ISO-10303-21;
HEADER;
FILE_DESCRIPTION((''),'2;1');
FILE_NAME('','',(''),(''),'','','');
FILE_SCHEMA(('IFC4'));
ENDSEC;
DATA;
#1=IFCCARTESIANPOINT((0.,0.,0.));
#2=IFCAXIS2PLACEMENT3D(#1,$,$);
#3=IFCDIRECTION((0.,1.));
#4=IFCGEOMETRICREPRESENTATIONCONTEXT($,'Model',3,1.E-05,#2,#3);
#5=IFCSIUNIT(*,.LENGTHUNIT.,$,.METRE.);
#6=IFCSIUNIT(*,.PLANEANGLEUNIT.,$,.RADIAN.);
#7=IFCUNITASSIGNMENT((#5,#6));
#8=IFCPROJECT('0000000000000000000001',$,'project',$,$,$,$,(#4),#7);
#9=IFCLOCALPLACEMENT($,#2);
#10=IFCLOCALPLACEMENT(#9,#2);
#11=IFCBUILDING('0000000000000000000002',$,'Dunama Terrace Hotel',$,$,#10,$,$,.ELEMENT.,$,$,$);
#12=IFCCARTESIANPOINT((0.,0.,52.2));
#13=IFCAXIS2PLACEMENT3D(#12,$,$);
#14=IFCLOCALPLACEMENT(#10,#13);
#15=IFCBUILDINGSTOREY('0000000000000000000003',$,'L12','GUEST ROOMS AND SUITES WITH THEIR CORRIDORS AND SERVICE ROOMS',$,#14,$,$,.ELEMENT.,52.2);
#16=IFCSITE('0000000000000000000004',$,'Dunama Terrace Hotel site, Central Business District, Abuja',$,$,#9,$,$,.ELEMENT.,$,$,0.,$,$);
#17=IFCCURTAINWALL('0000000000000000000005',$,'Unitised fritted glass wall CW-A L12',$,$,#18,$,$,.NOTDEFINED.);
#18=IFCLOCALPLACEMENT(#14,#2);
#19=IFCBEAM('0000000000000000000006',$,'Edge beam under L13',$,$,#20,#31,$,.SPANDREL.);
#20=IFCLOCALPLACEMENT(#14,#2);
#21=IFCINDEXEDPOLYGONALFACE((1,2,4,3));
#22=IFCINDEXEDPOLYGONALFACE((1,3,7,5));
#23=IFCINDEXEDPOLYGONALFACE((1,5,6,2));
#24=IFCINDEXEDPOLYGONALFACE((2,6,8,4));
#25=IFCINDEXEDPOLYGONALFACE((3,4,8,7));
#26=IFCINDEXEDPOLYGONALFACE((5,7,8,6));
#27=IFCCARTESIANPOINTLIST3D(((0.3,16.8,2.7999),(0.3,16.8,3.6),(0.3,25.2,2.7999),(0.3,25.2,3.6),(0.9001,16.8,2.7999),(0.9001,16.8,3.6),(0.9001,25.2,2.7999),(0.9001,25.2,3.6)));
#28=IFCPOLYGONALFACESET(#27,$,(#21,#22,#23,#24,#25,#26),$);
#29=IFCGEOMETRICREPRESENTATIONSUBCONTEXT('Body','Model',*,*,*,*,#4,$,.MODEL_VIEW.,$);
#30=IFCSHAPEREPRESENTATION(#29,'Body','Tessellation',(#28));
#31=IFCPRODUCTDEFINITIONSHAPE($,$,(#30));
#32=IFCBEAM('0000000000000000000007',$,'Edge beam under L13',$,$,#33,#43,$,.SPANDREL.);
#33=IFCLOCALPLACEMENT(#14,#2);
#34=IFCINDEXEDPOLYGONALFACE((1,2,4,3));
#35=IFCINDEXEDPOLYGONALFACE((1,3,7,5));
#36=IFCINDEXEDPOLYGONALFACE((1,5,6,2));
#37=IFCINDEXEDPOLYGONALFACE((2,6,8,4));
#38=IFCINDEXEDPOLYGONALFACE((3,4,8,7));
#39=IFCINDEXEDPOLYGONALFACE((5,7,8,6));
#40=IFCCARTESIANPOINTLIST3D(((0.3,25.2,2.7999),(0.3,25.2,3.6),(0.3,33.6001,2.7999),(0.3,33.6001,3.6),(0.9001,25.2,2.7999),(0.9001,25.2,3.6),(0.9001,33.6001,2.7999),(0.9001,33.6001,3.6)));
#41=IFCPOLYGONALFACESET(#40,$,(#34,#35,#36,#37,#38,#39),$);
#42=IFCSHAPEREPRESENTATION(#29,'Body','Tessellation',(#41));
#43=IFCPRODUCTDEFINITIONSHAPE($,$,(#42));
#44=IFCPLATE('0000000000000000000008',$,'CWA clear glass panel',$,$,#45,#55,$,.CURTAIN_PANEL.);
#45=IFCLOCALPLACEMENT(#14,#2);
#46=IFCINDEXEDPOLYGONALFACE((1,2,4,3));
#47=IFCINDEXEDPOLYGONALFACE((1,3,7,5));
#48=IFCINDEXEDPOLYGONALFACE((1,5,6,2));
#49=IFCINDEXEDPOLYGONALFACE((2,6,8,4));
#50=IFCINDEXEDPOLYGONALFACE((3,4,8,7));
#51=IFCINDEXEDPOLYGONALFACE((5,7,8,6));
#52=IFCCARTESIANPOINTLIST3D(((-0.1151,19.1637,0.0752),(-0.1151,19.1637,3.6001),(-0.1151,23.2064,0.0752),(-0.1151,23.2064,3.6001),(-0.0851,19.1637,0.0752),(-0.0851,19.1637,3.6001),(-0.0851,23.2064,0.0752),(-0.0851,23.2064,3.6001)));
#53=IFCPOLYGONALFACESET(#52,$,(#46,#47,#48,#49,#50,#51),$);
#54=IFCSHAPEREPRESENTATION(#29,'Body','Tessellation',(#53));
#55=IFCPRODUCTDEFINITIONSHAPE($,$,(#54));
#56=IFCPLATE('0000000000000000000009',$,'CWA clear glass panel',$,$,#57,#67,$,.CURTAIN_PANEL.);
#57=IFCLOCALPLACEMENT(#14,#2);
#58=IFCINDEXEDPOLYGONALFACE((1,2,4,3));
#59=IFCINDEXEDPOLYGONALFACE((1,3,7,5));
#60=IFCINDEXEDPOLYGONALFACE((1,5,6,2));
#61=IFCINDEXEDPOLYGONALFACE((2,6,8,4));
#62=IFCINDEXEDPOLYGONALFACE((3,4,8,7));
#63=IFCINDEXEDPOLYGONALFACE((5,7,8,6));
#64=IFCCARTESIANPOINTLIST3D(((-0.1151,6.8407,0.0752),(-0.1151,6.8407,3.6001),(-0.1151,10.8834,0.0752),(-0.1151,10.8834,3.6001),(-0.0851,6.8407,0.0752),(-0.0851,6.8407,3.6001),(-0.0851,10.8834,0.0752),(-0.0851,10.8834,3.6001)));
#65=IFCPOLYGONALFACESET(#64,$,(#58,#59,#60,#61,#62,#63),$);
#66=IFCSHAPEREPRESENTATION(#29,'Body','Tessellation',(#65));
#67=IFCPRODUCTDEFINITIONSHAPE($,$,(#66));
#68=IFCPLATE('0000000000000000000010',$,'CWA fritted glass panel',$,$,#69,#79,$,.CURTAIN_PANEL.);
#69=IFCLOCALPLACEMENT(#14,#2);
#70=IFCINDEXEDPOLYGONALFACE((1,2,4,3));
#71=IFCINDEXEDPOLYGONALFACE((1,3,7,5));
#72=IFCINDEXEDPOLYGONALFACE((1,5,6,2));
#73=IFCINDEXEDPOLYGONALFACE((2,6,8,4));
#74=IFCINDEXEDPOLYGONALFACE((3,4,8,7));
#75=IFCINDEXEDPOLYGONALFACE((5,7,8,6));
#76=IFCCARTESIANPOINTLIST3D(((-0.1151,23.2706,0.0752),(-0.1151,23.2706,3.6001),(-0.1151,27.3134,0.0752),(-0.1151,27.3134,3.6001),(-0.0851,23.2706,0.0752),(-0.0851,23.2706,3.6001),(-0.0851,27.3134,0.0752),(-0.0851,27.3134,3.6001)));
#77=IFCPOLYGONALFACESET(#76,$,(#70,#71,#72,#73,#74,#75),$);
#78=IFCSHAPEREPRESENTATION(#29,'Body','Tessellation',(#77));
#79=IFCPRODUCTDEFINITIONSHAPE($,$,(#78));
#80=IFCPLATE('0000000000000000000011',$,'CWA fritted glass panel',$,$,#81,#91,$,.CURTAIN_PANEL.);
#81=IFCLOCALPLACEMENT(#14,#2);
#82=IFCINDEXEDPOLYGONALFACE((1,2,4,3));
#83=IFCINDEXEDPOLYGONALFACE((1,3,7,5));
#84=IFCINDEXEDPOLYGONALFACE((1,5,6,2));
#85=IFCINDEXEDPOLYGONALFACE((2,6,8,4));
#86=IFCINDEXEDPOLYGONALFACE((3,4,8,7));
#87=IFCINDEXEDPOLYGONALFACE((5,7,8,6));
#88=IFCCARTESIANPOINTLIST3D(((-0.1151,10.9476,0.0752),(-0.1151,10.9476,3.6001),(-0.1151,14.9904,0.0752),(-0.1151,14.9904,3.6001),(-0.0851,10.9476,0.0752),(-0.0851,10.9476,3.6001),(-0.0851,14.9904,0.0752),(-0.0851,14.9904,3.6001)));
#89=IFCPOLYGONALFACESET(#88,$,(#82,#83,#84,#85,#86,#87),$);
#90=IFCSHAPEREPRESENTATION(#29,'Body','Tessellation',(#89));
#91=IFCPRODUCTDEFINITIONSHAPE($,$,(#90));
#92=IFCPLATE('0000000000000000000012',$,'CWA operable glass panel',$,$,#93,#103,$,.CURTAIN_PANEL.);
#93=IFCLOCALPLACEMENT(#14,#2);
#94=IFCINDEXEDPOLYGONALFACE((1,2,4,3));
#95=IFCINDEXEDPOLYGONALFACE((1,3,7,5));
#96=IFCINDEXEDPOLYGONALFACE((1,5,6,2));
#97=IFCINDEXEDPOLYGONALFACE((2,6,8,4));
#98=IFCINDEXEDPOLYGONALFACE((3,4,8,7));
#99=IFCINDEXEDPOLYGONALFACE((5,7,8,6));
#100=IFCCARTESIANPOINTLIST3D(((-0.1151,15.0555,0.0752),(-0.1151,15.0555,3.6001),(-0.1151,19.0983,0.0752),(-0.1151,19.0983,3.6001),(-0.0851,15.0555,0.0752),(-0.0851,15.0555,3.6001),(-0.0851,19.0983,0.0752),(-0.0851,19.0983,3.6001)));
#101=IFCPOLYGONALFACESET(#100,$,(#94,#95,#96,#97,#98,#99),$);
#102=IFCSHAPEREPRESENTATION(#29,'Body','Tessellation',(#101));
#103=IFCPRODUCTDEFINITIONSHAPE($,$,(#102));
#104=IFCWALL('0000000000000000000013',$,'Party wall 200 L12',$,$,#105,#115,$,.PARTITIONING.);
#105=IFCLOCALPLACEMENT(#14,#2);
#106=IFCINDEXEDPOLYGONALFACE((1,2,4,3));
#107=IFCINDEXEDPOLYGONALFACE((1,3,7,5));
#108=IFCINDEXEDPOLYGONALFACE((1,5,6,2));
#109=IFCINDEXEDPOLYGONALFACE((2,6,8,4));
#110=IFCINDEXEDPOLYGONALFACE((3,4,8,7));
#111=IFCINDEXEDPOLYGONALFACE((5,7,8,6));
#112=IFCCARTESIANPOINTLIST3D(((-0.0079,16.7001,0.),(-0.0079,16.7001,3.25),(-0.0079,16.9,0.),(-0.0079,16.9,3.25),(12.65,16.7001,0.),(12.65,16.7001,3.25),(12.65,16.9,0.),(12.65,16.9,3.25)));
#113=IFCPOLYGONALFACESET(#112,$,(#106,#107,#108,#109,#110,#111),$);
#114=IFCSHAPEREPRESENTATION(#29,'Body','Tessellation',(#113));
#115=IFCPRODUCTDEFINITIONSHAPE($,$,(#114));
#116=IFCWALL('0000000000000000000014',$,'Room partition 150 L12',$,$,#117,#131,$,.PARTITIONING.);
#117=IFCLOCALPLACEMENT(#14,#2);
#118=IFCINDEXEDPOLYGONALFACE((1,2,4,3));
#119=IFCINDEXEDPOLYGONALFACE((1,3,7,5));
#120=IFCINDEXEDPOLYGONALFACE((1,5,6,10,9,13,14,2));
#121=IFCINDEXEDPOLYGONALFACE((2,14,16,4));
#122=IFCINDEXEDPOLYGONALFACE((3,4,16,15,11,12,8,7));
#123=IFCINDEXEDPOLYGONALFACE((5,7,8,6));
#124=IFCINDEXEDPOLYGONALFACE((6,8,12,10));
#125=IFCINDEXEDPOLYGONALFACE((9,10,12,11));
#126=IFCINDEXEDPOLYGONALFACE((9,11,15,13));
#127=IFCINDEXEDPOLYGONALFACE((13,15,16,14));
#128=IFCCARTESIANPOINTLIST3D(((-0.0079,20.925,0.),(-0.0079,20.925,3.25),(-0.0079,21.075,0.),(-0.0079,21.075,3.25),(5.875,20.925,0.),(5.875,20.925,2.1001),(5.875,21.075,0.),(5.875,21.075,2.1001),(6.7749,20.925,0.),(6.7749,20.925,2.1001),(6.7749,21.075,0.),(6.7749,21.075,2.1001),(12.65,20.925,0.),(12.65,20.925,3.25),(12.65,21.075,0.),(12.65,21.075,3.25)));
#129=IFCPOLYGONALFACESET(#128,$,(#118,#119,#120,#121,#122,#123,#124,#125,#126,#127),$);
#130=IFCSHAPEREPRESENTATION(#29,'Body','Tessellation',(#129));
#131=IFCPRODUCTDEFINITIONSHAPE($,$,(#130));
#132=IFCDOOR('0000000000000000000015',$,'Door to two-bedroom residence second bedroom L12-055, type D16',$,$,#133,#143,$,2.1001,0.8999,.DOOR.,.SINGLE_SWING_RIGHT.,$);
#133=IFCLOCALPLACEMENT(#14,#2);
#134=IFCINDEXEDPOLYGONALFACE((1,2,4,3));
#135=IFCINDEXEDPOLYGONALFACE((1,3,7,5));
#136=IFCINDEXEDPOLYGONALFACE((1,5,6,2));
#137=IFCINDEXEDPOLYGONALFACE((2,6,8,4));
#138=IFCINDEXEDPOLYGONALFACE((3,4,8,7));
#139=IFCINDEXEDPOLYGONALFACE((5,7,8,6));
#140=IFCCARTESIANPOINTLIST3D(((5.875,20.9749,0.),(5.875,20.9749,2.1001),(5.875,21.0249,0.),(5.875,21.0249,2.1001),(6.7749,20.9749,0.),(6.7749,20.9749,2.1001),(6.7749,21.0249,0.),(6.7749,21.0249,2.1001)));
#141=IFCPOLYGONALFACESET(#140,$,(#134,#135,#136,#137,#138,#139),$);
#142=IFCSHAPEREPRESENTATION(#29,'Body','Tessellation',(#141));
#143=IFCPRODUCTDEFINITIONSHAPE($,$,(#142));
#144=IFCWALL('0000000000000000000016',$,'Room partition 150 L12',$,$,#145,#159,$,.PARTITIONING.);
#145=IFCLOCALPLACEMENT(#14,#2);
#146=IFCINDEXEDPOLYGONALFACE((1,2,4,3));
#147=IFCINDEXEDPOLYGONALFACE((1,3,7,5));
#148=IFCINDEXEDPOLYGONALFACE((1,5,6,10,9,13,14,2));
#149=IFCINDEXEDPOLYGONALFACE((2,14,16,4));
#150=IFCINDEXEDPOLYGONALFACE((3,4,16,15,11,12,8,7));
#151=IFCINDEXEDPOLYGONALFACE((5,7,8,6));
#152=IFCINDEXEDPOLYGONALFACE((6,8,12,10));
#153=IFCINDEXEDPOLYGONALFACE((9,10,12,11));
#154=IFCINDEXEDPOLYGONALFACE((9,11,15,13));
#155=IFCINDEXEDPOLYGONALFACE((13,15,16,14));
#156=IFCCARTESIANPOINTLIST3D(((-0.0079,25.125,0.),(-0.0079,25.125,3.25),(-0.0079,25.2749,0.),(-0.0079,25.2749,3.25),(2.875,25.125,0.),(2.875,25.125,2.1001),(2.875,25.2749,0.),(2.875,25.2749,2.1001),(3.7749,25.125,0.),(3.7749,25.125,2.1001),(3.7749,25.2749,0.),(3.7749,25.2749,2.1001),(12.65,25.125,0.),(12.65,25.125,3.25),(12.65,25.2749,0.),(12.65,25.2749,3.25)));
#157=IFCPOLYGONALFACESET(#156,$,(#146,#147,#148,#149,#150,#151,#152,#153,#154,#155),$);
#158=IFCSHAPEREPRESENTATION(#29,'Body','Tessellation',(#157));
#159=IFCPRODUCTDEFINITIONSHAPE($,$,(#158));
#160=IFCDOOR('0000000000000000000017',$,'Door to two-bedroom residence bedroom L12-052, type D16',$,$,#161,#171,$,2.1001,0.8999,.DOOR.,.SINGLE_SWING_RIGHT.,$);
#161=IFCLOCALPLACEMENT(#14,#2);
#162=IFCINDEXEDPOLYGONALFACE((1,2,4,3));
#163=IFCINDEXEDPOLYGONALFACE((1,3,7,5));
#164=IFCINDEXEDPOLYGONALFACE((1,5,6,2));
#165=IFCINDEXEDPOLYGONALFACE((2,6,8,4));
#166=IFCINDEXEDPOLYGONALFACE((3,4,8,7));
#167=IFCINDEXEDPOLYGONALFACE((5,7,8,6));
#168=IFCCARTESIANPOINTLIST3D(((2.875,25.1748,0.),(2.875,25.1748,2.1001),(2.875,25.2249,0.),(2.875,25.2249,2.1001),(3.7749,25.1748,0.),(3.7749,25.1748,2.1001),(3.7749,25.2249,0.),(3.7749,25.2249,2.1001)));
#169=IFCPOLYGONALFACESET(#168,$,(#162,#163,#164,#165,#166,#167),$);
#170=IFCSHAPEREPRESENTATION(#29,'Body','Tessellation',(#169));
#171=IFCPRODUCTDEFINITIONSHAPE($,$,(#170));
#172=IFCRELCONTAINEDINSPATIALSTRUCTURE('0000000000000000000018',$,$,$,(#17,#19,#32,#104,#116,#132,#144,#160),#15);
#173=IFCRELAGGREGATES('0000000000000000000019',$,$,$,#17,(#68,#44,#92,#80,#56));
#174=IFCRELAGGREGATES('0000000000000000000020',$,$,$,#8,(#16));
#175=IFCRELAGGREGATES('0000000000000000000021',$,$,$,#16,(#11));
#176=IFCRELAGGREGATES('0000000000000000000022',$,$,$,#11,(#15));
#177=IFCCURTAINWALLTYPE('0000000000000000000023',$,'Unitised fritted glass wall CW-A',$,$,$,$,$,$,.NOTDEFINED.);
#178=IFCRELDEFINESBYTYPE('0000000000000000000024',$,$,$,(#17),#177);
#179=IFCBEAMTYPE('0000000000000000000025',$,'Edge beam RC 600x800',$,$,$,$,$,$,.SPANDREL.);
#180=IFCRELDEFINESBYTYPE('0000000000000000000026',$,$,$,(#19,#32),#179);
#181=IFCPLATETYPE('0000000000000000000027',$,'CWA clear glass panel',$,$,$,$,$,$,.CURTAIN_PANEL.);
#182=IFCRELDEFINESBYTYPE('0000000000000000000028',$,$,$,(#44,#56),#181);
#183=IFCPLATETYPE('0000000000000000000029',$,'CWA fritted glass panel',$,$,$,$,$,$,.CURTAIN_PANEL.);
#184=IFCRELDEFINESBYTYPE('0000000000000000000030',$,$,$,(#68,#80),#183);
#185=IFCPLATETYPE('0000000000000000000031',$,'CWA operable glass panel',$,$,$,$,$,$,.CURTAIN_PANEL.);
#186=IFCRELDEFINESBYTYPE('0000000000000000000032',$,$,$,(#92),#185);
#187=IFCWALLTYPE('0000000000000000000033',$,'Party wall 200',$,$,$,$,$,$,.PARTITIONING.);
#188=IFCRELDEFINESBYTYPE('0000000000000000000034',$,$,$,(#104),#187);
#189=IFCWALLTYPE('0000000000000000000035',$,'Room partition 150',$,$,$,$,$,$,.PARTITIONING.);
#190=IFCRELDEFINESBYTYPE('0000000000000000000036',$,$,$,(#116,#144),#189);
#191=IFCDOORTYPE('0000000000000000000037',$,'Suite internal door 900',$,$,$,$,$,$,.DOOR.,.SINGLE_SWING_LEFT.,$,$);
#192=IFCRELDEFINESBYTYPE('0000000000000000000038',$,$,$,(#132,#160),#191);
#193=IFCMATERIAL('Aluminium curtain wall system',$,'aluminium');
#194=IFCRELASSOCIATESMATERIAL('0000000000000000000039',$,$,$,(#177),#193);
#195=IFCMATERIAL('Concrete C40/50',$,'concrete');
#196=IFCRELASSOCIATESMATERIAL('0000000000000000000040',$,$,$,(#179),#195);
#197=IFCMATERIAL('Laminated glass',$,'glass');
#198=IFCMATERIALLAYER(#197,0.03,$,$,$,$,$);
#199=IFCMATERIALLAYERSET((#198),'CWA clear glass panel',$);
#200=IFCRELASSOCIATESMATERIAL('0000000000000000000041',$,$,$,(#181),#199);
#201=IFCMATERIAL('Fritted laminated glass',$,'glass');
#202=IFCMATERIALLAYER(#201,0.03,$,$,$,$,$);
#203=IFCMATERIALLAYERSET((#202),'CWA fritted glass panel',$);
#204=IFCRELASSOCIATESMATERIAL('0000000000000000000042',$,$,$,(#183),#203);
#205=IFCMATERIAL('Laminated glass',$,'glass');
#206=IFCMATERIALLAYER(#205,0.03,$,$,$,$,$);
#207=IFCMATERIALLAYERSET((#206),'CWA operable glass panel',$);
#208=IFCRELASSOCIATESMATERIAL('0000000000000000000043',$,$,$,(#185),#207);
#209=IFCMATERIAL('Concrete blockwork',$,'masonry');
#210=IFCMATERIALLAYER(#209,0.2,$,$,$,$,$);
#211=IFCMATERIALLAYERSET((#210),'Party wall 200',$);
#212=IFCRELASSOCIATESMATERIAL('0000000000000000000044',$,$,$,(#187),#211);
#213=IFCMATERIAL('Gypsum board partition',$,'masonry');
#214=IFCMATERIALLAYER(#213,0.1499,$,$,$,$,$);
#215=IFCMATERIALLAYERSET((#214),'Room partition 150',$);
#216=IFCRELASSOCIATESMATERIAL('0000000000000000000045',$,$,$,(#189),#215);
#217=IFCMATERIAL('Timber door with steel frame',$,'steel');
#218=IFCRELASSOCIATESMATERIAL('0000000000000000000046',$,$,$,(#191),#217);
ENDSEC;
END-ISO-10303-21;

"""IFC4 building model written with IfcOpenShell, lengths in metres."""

from ifc_helpers import new_model, si_unit, direction, frame, frame_2d, origin, origin_2d, place, context, subcontext, project, spatial, rectangle, extrude, material, layer, layer_set, material_profile, profile_set, type_object, element, fill, aggregate, save


model = new_model("IFC4")

# Units and contexts
model_context = context("Model", 3, precision=1e-05, world=origin(), true_north=direction((0.0, 1.0)))
body_context = subcontext(model_context, "Body", "Model", "MODEL_VIEW")
ifc_project = project(units=[si_unit("LENGTHUNIT", "METRE"), si_unit("PLANEANGLEUNIT", "RADIAN")], contexts=[model_context])

# Site, building, storey
site_placement = place(None, origin())
site = spatial("IfcSite", under=ifc_project, at=site_placement, Name="Dunama Terrace Hotel site, Central Business District, Abuja", CompositionType="ELEMENT", RefElevation=0.0)
building_placement = place(site_placement, origin())
building = spatial("IfcBuilding", under=site, at=building_placement, Name="Dunama Terrace Hotel", CompositionType="ELEMENT")
storey_placement = place(building_placement, frame((0.0, 0.0, 52.2)))
storey = spatial("IfcBuildingStorey", under=building, at=storey_placement, Name="L12", Description="GUEST ROOMS AND SUITES WITH THEIR CORRIDORS AND SERVICE ROOMS", CompositionType="ELEMENT", Elevation=52.2)

# Curtain wall
ifc_material_1 = material(Name="Aluminium curtain wall system", Category="aluminium")
curtain_wall_type = type_object("IfcCurtainWallType", Name="Unitised fritted glass wall CW-A", PredefinedType="NOTDEFINED", material=ifc_material_1)
curtain_wall_placement = place(storey_placement, origin())
curtain_wall = element("IfcCurtainWall", 1, at=curtain_wall_placement, inside=storey, type_object=curtain_wall_type, Name="Unitised fritted glass wall CW-A L12", PredefinedType="NOTDEFINED")

# Beams
ifc_material_2 = material(Name="Concrete C40/50", Category="concrete")
ifc_material_profile_1 = material_profile(ifc_material_2, rectangle(XDim=0.6001, YDim=0.8, at=origin_2d()), Name="RC 600x800")
ifc_profile_set_1 = profile_set([ifc_material_profile_1], Name="Concrete C40/50")
beam_type = type_object("IfcBeamType", Name="Edge beam RC 600x800", PredefinedType="SPANDREL", material=ifc_profile_set_1)
beam_1_placement = place(storey_placement, frame((0.6001, 16.8, 3.2), z_axis=(0.0, 1.0, 0.0), x_axis=(-1.0, 0.0, 0.0)))
element("IfcBeam", 2, at=beam_1_placement, inside=storey, type_object=beam_type, Name="Edge beam under L13", PredefinedType="SPANDREL", context=body_context, shape_type="SweptSolid", body=[
    extrude(rectangle(XDim=0.6001, YDim=0.8, at=origin_2d()), origin(), (0.0, 0.0, 1.0), 8.3999),
])
beam_2_placement = place(storey_placement, frame((0.6001, 25.2, 3.2), z_axis=(0.0, 1.0, 0.0), x_axis=(-1.0, 0.0, 0.0)))
element("IfcBeam", 3, at=beam_2_placement, inside=storey, type_object=beam_type, Name="Edge beam under L13", PredefinedType="SPANDREL", context=body_context, shape_type="SweptSolid", body=[
    extrude(rectangle(XDim=0.6001, YDim=0.8, at=origin_2d()), origin(), (0.0, 0.0, 1.0), 8.4001),
])

# Plates
ifc_material_3 = material(Name="Laminated glass", Category="glass")
ifc_layer_1 = layer(ifc_material_3, 0.03)
ifc_layer_set_1 = layer_set([ifc_layer_1], Name="CWA clear glass panel")
plate_type_1 = type_object("IfcPlateType", Name="CWA clear glass panel", PredefinedType="CURTAIN_PANEL", material=ifc_layer_set_1)
plate_1_placement = place(storey_placement, frame((-0.1001, 21.1851, 0.0752), z_axis=(0.0, 0.0, 1.0), x_axis=(0.0, -1.0, 0.0)))
plate_1 = element("IfcPlate", 4, at=plate_1_placement, type_object=plate_type_1, Name="CWA clear glass panel", PredefinedType="CURTAIN_PANEL", context=body_context, shape_type="SweptSolid", body=[
    extrude(rectangle(XDim=4.0427, YDim=0.03, at=origin_2d()), origin(), (0.0, 0.0, 1.0), 3.5249),
])
plate_2_placement = place(storey_placement, frame((-0.1001, 8.8621, 0.0752), z_axis=(0.0, 0.0, 1.0), x_axis=(0.0, -1.0, 0.0)))
plate_2 = element("IfcPlate", 5, at=plate_2_placement, type_object=plate_type_1, Name="CWA clear glass panel", PredefinedType="CURTAIN_PANEL", context=body_context, shape_type="SweptSolid", body=[
    extrude(rectangle(XDim=4.0427, YDim=0.03, at=origin_2d()), origin(), (0.0, 0.0, 1.0), 3.5249),
])
ifc_material_4 = material(Name="Fritted laminated glass", Category="glass")
ifc_layer_2 = layer(ifc_material_4, 0.03)
ifc_layer_set_2 = layer_set([ifc_layer_2], Name="CWA fritted glass panel")
plate_type_2 = type_object("IfcPlateType", Name="CWA fritted glass panel", PredefinedType="CURTAIN_PANEL", material=ifc_layer_set_2)
plate_3_placement = place(storey_placement, frame((-0.1001, 25.292, 0.0752), z_axis=(0.0, 0.0, 1.0), x_axis=(0.0, -1.0, 0.0)))
plate_3 = element("IfcPlate", 6, at=plate_3_placement, type_object=plate_type_2, Name="CWA fritted glass panel", PredefinedType="CURTAIN_PANEL", context=body_context, shape_type="SweptSolid", body=[
    extrude(rectangle(XDim=4.0427, YDim=0.03, at=origin_2d()), origin(), (0.0, 0.0, 1.0), 3.5249),
])
plate_4_placement = place(storey_placement, frame((-0.1001, 12.969, 0.0752), z_axis=(0.0, 0.0, 1.0), x_axis=(0.0, -1.0, 0.0)))
plate_4 = element("IfcPlate", 7, at=plate_4_placement, type_object=plate_type_2, Name="CWA fritted glass panel", PredefinedType="CURTAIN_PANEL", context=body_context, shape_type="SweptSolid", body=[
    extrude(rectangle(XDim=4.0427, YDim=0.03, at=origin_2d()), origin(), (0.0, 0.0, 1.0), 3.5249),
])
ifc_material_5 = material(Name="Laminated glass", Category="glass")
ifc_layer_3 = layer(ifc_material_5, 0.03)
ifc_layer_set_3 = layer_set([ifc_layer_3], Name="CWA operable glass panel")
plate_type_3 = type_object("IfcPlateType", Name="CWA operable glass panel", PredefinedType="CURTAIN_PANEL", material=ifc_layer_set_3)
plate_5_placement = place(storey_placement, frame((-0.1001, 17.0769, 0.0752), z_axis=(0.0, 0.0, 1.0), x_axis=(0.0, -1.0, 0.0)))
plate_5 = element("IfcPlate", 8, at=plate_5_placement, type_object=plate_type_3, Name="CWA operable glass panel", PredefinedType="CURTAIN_PANEL", context=body_context, shape_type="SweptSolid", body=[
    extrude(rectangle(XDim=4.0427, YDim=0.03, at=origin_2d()), origin(), (0.0, 0.0, 1.0), 3.5249),
])
aggregate(curtain_wall, [plate_3, plate_1, plate_5, plate_4, plate_2])

# Wall
ifc_material_6 = material(Name="Concrete blockwork", Category="masonry")
ifc_layer_4 = layer(ifc_material_6, 0.2)
ifc_layer_set_4 = layer_set([ifc_layer_4], Name="Party wall 200")
wall_type_1 = type_object("IfcWallType", Name="Party wall 200", PredefinedType="PARTITIONING", material=ifc_layer_set_4)
wall_1_placement = place(storey_placement, frame((-0.0081, 16.8, 0.0), z_axis=(0.0, 0.0, 1.0), x_axis=(1.0, 0.0, 0.0)))
element("IfcWall", 9, at=wall_1_placement, inside=storey, type_object=wall_type_1, Name="Party wall 200 L12", PredefinedType="PARTITIONING", context=body_context, shape_type="SweptSolid", body=[
    extrude(rectangle(XDim=12.658, YDim=0.2, at=frame_2d((6.3291, 0.0))), origin(), (0.0, 0.0, 1.0), 3.25),
])

# Walls, openings, doors
ifc_material_7 = material(Name="Gypsum board partition", Category="masonry")
ifc_layer_5 = layer(ifc_material_7, 0.1499)
ifc_layer_set_5 = layer_set([ifc_layer_5], Name="Room partition 150")
wall_type_2 = type_object("IfcWallType", Name="Room partition 150", PredefinedType="PARTITIONING", material=ifc_layer_set_5)
wall_2_placement = place(storey_placement, frame((-0.0081, 21.0, 0.0), z_axis=(0.0, 0.0, 1.0), x_axis=(1.0, 0.0, 0.0)))
wall_2 = element("IfcWall", 10, at=wall_2_placement, inside=storey, type_object=wall_type_2, Name="Room partition 150 L12", PredefinedType="PARTITIONING", context=body_context, shape_type="SweptSolid", body=[
    extrude(rectangle(XDim=12.658, YDim=0.1499, at=frame_2d((6.3291, 0.0))), origin(), (0.0, 0.0, 1.0), 3.25),
])
opening_1_placement = place(wall_2_placement, frame((5.8831, 0.0, 0.0)))
opening_1 = element("IfcOpeningElement", 11, at=opening_1_placement, cuts=wall_2, PredefinedType="OPENING", context=body_context, shape_type="SweptSolid", body=[
    extrude(rectangle(XDim=0.8999, YDim=2.1001, at=frame_2d((0.45, 1.05))), frame((0.0, 0.085, 0.0), z_axis=(0.0, -1.0, 0.0), x_axis=(1.0, 0.0, 0.0)), (0.0, 0.0, 1.0), 0.1699),
])
ifc_material_8 = material(Name="Timber door with steel frame", Category="steel")
door_type = type_object("IfcDoorType", Name="Suite internal door 900", OperationType="SINGLE_SWING_LEFT", PredefinedType="DOOR", material=ifc_material_8)
door_1_placement = place(opening_1_placement, frame((0.8999, 0.0, 0.0), z_axis=(0.0, 0.0, 1.0), x_axis=(-1.0, 0.0, 0.0)))
door_1 = element("IfcDoor", 12, at=door_1_placement, inside=storey, type_object=door_type, Name="Door to two-bedroom residence second bedroom L12-055, type D16", OperationType="SINGLE_SWING_RIGHT", OverallHeight=2.1001, OverallWidth=0.8999, PredefinedType="DOOR", context=body_context, shape_type="SweptSolid", body=[
    extrude(rectangle(XDim=0.8999, YDim=2.1001, at=frame_2d((0.45, 1.05))), frame((0.0, 0.0251, 0.0), z_axis=(0.0, -1.0, 0.0), x_axis=(1.0, 0.0, 0.0)), (0.0, 0.0, 1.0), 0.05),
])
fill(opening_1, door_1)
wall_3_placement = place(storey_placement, frame((-0.0081, 25.2, 0.0), z_axis=(0.0, 0.0, 1.0), x_axis=(1.0, 0.0, 0.0)))
wall_3 = element("IfcWall", 13, at=wall_3_placement, inside=storey, type_object=wall_type_2, Name="Room partition 150 L12", PredefinedType="PARTITIONING", context=body_context, shape_type="SweptSolid", body=[
    extrude(rectangle(XDim=12.658, YDim=0.1499, at=frame_2d((6.3291, 0.0))), origin(), (0.0, 0.0, 1.0), 3.25),
])
opening_2_placement = place(wall_3_placement, frame((2.8831, 0.0, 0.0)))
opening_2 = element("IfcOpeningElement", 14, at=opening_2_placement, cuts=wall_3, PredefinedType="OPENING", context=body_context, shape_type="SweptSolid", body=[
    extrude(rectangle(XDim=0.8999, YDim=2.1001, at=frame_2d((0.45, 1.05))), frame((0.0, 0.085, 0.0), z_axis=(0.0, -1.0, 0.0), x_axis=(1.0, 0.0, 0.0)), (0.0, 0.0, 1.0), 0.1699),
])
door_2_placement = place(opening_2_placement, origin())
door_2 = element("IfcDoor", 15, at=door_2_placement, inside=storey, type_object=door_type, Name="Door to two-bedroom residence bedroom L12-052, type D16", OperationType="SINGLE_SWING_RIGHT", OverallHeight=2.1001, OverallWidth=0.8999, PredefinedType="DOOR", context=body_context, shape_type="SweptSolid", body=[
    extrude(rectangle(XDim=0.8999, YDim=2.1001, at=frame_2d((0.45, 1.05))), frame((0.0, 0.0249, 0.0), z_axis=(0.0, -1.0, 0.0), x_axis=(1.0, 0.0, 0.0)), (0.0, 0.0, 1.0), 0.05),
])
fill(opening_2, door_2)

save(model, "model.ifc")
